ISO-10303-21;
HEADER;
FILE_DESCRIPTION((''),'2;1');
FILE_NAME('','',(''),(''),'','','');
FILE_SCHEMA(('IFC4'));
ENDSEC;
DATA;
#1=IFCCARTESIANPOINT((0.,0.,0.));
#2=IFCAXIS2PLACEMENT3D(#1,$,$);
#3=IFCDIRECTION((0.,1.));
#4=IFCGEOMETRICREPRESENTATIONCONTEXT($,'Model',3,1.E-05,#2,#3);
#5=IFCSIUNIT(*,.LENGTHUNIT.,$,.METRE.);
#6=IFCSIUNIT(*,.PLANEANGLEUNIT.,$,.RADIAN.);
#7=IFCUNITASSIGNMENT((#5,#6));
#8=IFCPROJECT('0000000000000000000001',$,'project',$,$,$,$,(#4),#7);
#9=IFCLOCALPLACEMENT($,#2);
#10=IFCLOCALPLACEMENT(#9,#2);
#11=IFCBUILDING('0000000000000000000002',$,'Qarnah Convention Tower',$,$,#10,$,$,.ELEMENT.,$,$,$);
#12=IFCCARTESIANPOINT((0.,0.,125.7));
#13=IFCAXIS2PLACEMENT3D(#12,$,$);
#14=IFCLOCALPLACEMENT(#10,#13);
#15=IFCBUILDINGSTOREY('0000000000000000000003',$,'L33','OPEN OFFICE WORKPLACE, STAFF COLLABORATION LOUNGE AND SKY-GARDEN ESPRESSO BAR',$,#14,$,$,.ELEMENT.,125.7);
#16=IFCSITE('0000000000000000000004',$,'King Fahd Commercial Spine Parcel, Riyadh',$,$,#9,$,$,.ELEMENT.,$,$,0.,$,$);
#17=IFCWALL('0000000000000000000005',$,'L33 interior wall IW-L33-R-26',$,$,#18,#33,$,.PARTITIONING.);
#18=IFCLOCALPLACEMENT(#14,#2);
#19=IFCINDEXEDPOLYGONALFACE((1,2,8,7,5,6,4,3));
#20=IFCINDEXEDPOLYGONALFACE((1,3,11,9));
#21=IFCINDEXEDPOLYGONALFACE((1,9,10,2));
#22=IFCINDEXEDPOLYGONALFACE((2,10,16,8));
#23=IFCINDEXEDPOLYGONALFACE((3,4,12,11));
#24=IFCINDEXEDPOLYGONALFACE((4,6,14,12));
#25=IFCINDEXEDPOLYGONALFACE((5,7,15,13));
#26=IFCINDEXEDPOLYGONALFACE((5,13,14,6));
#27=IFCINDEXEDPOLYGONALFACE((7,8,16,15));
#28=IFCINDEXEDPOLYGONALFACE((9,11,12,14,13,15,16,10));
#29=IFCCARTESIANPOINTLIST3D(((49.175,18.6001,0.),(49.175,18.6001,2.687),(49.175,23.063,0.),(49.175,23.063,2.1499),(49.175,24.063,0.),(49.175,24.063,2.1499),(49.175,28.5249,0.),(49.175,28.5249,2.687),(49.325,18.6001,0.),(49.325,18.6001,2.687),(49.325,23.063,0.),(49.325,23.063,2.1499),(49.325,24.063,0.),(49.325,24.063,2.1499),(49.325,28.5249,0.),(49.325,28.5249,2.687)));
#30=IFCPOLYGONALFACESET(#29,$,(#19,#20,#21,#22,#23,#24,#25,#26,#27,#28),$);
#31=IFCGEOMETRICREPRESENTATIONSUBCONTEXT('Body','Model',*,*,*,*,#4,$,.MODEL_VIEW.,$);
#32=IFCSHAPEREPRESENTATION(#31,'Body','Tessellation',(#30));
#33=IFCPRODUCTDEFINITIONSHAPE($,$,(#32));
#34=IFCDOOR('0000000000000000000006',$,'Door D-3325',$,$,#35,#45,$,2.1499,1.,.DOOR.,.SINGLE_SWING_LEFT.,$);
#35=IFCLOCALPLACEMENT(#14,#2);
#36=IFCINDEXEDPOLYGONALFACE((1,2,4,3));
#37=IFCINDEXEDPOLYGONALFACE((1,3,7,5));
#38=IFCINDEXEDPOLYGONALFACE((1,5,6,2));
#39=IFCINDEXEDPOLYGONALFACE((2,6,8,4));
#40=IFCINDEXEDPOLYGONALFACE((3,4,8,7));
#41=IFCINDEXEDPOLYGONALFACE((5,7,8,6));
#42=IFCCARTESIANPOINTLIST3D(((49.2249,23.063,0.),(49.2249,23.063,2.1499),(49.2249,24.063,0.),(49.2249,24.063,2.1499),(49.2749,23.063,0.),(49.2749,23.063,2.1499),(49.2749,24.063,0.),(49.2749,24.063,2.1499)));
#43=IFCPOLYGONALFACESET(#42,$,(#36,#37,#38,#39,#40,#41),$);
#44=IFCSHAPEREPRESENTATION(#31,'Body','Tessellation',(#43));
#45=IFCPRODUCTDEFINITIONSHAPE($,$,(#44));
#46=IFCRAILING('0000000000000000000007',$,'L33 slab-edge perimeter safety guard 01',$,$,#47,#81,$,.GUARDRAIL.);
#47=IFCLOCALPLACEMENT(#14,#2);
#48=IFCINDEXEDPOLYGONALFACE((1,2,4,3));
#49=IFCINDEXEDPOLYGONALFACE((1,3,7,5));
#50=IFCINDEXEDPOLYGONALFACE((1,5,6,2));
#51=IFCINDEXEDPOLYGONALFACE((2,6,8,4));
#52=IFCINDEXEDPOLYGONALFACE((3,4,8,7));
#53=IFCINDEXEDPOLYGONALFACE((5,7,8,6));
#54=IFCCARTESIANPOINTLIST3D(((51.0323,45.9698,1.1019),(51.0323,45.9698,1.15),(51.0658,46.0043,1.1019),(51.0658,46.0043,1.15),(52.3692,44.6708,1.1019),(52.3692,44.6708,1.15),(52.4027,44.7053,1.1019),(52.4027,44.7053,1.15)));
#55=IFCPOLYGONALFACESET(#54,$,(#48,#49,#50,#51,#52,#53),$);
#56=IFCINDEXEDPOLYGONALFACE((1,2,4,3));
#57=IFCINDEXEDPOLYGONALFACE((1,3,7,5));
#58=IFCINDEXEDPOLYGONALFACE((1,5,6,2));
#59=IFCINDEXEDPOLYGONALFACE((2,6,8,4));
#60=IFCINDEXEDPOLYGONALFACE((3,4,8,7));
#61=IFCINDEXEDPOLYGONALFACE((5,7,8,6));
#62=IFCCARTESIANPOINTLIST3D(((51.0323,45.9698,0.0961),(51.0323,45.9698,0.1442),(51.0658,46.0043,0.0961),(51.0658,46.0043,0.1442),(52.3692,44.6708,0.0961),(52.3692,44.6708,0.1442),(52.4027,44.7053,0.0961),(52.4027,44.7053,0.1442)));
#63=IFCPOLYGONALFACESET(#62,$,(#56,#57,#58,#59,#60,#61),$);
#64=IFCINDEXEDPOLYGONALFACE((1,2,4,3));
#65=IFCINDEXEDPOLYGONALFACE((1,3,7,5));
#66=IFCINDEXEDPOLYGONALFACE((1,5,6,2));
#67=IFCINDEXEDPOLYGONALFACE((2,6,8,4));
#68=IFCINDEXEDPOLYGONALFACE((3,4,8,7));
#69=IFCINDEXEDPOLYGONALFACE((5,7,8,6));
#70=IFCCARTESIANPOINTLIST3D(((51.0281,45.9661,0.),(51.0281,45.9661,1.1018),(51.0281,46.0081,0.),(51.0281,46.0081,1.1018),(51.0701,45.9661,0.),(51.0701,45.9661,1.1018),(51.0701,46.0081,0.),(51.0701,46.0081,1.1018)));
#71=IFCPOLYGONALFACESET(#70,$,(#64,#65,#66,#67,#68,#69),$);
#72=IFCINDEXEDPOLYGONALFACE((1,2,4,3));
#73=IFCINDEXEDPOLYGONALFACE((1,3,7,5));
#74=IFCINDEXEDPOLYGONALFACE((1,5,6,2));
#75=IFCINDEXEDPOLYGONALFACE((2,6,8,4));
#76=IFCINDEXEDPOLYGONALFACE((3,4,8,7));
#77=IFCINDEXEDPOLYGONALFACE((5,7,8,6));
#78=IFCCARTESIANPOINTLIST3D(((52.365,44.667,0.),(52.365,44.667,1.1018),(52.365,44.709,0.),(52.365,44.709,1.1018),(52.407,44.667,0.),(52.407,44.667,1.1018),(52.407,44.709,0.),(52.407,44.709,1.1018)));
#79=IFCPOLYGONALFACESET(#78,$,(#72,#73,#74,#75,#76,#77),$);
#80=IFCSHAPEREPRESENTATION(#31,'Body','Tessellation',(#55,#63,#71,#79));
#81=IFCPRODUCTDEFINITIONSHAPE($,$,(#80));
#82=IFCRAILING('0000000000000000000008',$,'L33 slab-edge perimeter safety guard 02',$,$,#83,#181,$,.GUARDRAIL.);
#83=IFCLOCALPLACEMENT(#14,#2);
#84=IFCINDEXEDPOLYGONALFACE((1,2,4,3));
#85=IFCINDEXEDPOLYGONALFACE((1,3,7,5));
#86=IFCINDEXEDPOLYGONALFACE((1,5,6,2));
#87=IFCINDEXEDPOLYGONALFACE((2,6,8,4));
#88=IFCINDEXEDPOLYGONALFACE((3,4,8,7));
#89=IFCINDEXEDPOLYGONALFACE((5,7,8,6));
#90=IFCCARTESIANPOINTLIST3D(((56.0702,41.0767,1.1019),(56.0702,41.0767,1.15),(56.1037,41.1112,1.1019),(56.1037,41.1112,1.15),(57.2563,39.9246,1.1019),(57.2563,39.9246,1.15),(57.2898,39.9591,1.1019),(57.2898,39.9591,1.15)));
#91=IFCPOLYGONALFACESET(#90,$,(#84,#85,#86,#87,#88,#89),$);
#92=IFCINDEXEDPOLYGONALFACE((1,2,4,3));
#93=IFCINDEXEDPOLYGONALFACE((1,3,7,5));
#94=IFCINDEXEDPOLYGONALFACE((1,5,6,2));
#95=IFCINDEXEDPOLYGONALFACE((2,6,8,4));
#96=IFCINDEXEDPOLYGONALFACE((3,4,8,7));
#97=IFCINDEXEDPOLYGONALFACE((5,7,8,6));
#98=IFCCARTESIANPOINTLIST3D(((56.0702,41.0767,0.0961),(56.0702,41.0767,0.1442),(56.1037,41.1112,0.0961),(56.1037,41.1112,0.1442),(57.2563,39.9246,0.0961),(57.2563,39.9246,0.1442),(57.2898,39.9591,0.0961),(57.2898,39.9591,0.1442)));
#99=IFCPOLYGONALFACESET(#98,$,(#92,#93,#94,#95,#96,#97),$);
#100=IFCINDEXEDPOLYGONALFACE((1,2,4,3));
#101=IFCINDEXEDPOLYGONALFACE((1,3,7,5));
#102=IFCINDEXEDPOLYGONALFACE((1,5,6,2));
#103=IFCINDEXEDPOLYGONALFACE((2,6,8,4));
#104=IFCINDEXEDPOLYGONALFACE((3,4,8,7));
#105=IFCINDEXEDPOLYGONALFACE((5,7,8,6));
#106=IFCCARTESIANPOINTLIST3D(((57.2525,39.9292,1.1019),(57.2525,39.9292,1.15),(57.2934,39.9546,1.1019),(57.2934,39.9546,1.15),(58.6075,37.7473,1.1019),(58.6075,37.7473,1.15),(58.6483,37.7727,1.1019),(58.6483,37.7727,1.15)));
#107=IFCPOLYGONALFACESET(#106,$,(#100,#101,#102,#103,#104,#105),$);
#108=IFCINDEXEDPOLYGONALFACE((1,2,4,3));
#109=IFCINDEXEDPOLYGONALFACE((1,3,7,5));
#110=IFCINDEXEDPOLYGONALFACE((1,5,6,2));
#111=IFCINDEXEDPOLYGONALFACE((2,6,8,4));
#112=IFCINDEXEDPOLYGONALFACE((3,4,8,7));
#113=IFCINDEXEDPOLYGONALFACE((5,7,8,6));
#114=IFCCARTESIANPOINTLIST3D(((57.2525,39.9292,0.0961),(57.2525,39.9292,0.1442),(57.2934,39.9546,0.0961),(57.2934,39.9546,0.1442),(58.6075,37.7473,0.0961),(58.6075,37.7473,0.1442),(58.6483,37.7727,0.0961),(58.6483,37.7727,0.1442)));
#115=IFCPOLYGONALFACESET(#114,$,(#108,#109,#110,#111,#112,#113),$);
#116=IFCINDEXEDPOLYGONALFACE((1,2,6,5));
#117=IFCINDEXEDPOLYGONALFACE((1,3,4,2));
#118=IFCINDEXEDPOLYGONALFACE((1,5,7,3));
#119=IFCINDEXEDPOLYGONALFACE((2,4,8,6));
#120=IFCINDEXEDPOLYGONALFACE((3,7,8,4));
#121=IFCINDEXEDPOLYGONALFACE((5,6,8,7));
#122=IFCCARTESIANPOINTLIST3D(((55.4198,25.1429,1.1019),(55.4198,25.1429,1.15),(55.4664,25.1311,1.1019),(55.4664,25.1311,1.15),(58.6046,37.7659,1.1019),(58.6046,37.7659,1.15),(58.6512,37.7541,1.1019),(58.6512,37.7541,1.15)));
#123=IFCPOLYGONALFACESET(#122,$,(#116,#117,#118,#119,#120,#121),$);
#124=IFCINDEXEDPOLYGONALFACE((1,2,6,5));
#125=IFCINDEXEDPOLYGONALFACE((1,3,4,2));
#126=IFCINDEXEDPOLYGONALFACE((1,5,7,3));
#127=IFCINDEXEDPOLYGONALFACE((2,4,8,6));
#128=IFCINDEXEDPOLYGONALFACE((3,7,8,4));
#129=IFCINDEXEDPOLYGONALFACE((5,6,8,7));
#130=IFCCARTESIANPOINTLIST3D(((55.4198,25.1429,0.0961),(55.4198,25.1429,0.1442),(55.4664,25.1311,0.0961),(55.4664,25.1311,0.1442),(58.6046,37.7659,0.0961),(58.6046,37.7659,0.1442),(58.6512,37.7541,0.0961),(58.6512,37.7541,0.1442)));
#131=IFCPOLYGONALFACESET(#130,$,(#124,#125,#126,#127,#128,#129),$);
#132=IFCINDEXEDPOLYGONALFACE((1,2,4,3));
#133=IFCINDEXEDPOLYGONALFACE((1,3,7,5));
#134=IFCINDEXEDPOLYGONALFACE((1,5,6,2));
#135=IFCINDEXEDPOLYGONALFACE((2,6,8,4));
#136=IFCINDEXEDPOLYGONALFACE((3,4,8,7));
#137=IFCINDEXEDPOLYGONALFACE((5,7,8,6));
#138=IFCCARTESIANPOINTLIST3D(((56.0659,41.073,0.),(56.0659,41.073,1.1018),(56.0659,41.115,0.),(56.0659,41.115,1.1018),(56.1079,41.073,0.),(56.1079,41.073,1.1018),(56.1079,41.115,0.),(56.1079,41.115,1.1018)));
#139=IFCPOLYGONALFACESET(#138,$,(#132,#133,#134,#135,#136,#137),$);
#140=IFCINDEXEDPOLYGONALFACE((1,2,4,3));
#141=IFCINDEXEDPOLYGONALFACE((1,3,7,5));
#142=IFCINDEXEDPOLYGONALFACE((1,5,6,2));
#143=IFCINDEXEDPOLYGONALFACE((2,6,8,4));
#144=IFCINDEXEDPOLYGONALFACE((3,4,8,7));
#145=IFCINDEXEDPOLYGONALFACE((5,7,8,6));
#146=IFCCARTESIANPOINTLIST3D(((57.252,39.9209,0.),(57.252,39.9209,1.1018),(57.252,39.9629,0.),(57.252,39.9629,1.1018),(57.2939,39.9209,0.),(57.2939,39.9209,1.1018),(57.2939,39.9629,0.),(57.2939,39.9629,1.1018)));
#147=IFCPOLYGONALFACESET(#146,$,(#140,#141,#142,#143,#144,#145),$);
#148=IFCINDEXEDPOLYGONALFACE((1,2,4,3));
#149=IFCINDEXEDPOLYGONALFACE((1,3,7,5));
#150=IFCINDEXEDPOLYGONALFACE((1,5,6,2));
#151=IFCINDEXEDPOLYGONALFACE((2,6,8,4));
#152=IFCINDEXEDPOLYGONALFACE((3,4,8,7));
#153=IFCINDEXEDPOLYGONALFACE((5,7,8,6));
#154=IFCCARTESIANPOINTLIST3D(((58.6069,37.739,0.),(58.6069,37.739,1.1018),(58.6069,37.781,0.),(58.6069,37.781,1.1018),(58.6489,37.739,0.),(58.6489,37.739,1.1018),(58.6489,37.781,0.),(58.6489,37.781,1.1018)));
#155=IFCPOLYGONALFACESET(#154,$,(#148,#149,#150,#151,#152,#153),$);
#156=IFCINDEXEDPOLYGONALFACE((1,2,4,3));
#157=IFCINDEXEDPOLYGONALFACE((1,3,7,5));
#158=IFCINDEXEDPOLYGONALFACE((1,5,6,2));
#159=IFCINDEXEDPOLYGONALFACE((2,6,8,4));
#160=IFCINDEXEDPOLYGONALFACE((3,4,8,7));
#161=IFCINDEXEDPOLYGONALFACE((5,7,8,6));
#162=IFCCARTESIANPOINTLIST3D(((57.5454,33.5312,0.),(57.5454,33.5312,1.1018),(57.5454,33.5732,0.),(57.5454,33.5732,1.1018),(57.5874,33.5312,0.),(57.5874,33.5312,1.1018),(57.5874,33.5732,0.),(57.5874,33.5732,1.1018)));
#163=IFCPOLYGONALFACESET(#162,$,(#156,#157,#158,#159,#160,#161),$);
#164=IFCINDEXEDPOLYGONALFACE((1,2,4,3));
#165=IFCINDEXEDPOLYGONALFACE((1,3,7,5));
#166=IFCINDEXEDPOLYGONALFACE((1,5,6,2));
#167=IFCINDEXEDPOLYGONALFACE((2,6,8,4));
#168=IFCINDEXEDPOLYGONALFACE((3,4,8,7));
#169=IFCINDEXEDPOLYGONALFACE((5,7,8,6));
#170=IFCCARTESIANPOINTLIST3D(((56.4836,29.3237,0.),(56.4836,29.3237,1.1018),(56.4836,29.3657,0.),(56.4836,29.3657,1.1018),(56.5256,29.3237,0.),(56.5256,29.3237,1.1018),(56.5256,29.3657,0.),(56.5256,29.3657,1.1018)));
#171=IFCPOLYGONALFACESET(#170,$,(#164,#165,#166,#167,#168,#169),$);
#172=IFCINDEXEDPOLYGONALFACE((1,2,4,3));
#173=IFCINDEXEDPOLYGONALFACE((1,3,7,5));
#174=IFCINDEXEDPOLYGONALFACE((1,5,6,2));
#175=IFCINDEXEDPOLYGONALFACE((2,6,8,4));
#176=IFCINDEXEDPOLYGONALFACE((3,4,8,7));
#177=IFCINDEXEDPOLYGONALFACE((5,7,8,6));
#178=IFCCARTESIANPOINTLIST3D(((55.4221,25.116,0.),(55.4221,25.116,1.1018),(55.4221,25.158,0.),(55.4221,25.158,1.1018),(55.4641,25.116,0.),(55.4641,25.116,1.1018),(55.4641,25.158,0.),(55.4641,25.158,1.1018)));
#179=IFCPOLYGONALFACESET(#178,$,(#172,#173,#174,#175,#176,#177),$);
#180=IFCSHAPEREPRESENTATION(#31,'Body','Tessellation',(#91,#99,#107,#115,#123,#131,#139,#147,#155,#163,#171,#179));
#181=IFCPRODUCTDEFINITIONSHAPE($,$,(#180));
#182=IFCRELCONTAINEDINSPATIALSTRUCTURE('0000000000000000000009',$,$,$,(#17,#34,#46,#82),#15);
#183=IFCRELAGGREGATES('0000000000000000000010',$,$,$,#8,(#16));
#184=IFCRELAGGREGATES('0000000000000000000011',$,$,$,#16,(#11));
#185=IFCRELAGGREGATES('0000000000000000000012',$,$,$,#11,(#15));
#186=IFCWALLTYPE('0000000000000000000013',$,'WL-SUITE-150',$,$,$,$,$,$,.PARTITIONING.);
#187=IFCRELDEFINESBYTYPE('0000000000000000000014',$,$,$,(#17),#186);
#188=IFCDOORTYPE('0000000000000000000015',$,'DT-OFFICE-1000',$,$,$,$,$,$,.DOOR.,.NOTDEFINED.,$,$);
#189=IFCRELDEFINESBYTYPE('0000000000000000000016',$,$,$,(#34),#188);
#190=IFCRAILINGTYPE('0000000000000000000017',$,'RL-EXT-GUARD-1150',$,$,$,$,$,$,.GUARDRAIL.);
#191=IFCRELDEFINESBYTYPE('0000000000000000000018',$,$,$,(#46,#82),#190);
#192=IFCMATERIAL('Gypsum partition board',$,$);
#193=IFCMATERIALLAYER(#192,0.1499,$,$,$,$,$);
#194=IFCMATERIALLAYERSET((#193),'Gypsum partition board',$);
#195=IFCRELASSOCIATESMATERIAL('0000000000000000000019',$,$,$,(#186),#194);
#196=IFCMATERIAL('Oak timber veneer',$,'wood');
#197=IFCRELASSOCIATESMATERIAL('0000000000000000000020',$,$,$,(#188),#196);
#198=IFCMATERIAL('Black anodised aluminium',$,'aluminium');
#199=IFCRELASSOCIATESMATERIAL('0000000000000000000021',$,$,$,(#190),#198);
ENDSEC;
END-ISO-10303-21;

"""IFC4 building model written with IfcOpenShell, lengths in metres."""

from ifc_helpers import new_model, si_unit, direction, frame, frame_2d, origin, origin_2d, place, context, subcontext, project, spatial, rectangle, extrude, material, layer, layer_set, type_object, element, fill, save


model = new_model("IFC4")

# Units and contexts
model_context = context("Model", 3, precision=1e-05, world=origin(), true_north=direction((0.0, 1.0)))
body_context = subcontext(model_context, "Body", "Model", "MODEL_VIEW")
ifc_project = project(units=[si_unit("LENGTHUNIT", "METRE"), si_unit("PLANEANGLEUNIT", "RADIAN")], contexts=[model_context])

# Site, building, storey
site_placement = place(None, origin())
site = spatial("IfcSite", under=ifc_project, at=site_placement, Name="King Fahd Commercial Spine Parcel, Riyadh", CompositionType="ELEMENT", RefElevation=0.0)
building_placement = place(site_placement, origin())
building = spatial("IfcBuilding", under=site, at=building_placement, Name="Qarnah Convention Tower", CompositionType="ELEMENT")
storey_placement = place(building_placement, frame((0.0, 0.0, 125.7)))
storey = spatial("IfcBuildingStorey", under=building, at=storey_placement, Name="L33", Description="OPEN OFFICE WORKPLACE, STAFF COLLABORATION LOUNGE AND SKY-GARDEN ESPRESSO BAR", CompositionType="ELEMENT", Elevation=125.7)

# Shared definitions
ifc_material_1 = material(Name="Black anodised aluminium", Category="aluminium")

# Shared definitions
ifc_material_2 = material(Name="Gypsum partition board")
ifc_layer_1 = layer(ifc_material_2, 0.1499)
ifc_layer_set_1 = layer_set([ifc_layer_1], Name="Gypsum partition board")
wall_type_1 = type_object("IfcWallType", Name="WL-SUITE-150", PredefinedType="PARTITIONING", material=ifc_layer_set_1)

# Shared definitions
ifc_material_3 = material(Name="Oak timber veneer", Category="wood")
door_type_1 = type_object("IfcDoorType", Name="DT-OFFICE-1000", OperationType="NOTDEFINED", PredefinedType="DOOR", material=ifc_material_3)

# Wall, opening, door
wall_1_placement = place(storey_placement, frame((49.25, 28.5249, 0.0), z_axis=(0.0, 0.0, 1.0), x_axis=(0.0, -1.0, 0.0)))
wall_1 = element("IfcWall", 1, at=wall_1_placement, inside=storey, type_object=wall_type_1, Name="L33 interior wall IW-L33-R-26", PredefinedType="PARTITIONING", context=body_context, shape_type="SweptSolid", body=[
    extrude(rectangle(XDim=9.9248, YDim=0.1499, at=frame_2d((4.9624, 0.0))), origin(), (0.0, 0.0, 1.0), 2.687),
])
opening_1_placement = place(wall_1_placement, frame((4.4619, 0.0, 0.0)))
opening_1 = element("IfcOpeningElement", 2, at=opening_1_placement, cuts=wall_1, PredefinedType="OPENING", context=body_context, shape_type="SweptSolid", body=[
    extrude(rectangle(XDim=1.0, YDim=2.1499, at=frame_2d((0.5, 1.075))), frame((0.0, 0.085, 0.0), z_axis=(0.0, -1.0, 0.0), x_axis=(1.0, 0.0, 0.0)), (0.0, 0.0, 1.0), 0.1699),
])
door_1_placement = place(opening_1_placement, origin())
door_1 = element("IfcDoor", 3, at=door_1_placement, inside=storey, type_object=door_type_1, Name="Door D-3325", OperationType="SINGLE_SWING_LEFT", OverallHeight=2.1499, OverallWidth=1.0, PredefinedType="DOOR", context=body_context, shape_type="SweptSolid", body=[
    extrude(rectangle(XDim=1.0, YDim=2.1499, at=frame_2d((0.5, 1.075))), frame((0.0, 0.0249, 0.0), z_axis=(0.0, -1.0, 0.0), x_axis=(1.0, 0.0, 0.0)), (0.0, 0.0, 1.0), 0.05),
])
fill(opening_1, door_1)

# Railings
railing_type = type_object("IfcRailingType", Name="RL-EXT-GUARD-1150", PredefinedType="GUARDRAIL", material=ifc_material_1)
railing_1_placement = place(storey_placement, frame((51.0491, 45.9871, 0.0)))
element("IfcRailing", 4, at=railing_1_placement, inside=storey, type_object=railing_type, Name="L33 slab-edge perimeter safety guard 01", PredefinedType="GUARDRAIL", context=body_context, shape_type="SweptSolid", body=[
    extrude(rectangle(XDim=0.0481, YDim=0.0481, at=origin_2d()), frame((0.0, 0.0, 1.126), z_axis=(0.717184, -0.696884, 0.0), x_axis=(0.696884, 0.717184, 0.0)), (0.0, 0.0, 1.0), 1.864),
    extrude(rectangle(XDim=0.0481, YDim=0.0481, at=origin_2d()), frame((0.0, 0.0, 0.1201), z_axis=(0.717184, -0.696884, 0.0), x_axis=(0.696884, 0.717184, 0.0)), (0.0, 0.0, 1.0), 1.864),
    extrude(rectangle(XDim=0.042, YDim=0.042, at=origin_2d()), origin(), (0.0, 0.0, 1.0), 1.1018),
    extrude(rectangle(XDim=0.042, YDim=0.042, at=origin_2d()), frame((1.3369, -1.2991, 0.0)), (0.0, 0.0, 1.0), 1.1018),
])
railing_2_placement = place(storey_placement, frame((56.0869, 41.094, 0.0)))
element("IfcRailing", 5, at=railing_2_placement, inside=storey, type_object=railing_type, Name="L33 slab-edge perimeter safety guard 02", PredefinedType="GUARDRAIL", context=body_context, shape_type="SweptSolid", body=[
    extrude(rectangle(XDim=0.0481, YDim=0.0481, at=origin_2d()), frame((0.0, 0.0, 1.126), z_axis=(0.717294, -0.69677, 0.0), x_axis=(0.69677, 0.717294, 0.0)), (0.0, 0.0, 1.0), 1.6536),
    extrude(rectangle(XDim=0.0481, YDim=0.0481, at=origin_2d()), frame((0.0, 0.0, 0.1201), z_axis=(0.717294, -0.69677, 0.0), x_axis=(0.69677, 0.717294, 0.0)), (0.0, 0.0, 1.0), 1.6536),
    extrude(rectangle(XDim=0.0481, YDim=0.0481, at=origin_2d()), frame((1.186, -1.1521, 1.126), z_axis=(0.527562, -0.849517, 0.0), x_axis=(0.849517, 0.527562, 0.0)), (0.0, 0.0, 1.0), 2.5684),
    extrude(rectangle(XDim=0.0481, YDim=0.0481, at=origin_2d()), frame((1.186, -1.1521, 0.1201), z_axis=(0.527562, -0.849517, 0.0), x_axis=(0.849517, 0.527562, 0.0)), (0.0, 0.0, 1.0), 2.5684),
    extrude(rectangle(XDim=0.0481, YDim=0.0481, at=origin_2d()), frame((2.541, -3.334, 1.126), z_axis=(-0.244635, -0.969615, 0.0), x_axis=(0.969615, -0.244635, 0.0)), (0.0, 0.0, 1.0), 13.0186),
    extrude(rectangle(XDim=0.0481, YDim=0.0481, at=origin_2d()), frame((2.541, -3.334, 0.1201), z_axis=(-0.244635, -0.969615, 0.0), x_axis=(0.969615, -0.244635, 0.0)), (0.0, 0.0, 1.0), 13.0186),
    extrude(rectangle(XDim=0.042, YDim=0.042, at=origin_2d()), origin(), (0.0, 0.0, 1.0), 1.1018),
    extrude(rectangle(XDim=0.042, YDim=0.042, at=origin_2d()), frame((1.186, -1.1521, 0.0)), (0.0, 0.0, 1.0), 1.1018),
    extrude(rectangle(XDim=0.042, YDim=0.042, at=origin_2d()), frame((2.541, -3.334, 0.0)), (0.0, 0.0, 1.0), 1.1018),
    extrude(rectangle(XDim=0.042, YDim=0.042, at=origin_2d()), frame((1.4795, -7.5417, 0.0)), (0.0, 0.0, 1.0), 1.1018),
    extrude(rectangle(XDim=0.042, YDim=0.042, at=origin_2d()), frame((0.4177, -11.7493, 0.0)), (0.0, 0.0, 1.0), 1.1018),
    extrude(rectangle(XDim=0.042, YDim=0.042, at=origin_2d()), frame((-0.6438, -15.957, 0.0)), (0.0, 0.0, 1.0), 1.1018),
])

save(model, "model.ifc")
